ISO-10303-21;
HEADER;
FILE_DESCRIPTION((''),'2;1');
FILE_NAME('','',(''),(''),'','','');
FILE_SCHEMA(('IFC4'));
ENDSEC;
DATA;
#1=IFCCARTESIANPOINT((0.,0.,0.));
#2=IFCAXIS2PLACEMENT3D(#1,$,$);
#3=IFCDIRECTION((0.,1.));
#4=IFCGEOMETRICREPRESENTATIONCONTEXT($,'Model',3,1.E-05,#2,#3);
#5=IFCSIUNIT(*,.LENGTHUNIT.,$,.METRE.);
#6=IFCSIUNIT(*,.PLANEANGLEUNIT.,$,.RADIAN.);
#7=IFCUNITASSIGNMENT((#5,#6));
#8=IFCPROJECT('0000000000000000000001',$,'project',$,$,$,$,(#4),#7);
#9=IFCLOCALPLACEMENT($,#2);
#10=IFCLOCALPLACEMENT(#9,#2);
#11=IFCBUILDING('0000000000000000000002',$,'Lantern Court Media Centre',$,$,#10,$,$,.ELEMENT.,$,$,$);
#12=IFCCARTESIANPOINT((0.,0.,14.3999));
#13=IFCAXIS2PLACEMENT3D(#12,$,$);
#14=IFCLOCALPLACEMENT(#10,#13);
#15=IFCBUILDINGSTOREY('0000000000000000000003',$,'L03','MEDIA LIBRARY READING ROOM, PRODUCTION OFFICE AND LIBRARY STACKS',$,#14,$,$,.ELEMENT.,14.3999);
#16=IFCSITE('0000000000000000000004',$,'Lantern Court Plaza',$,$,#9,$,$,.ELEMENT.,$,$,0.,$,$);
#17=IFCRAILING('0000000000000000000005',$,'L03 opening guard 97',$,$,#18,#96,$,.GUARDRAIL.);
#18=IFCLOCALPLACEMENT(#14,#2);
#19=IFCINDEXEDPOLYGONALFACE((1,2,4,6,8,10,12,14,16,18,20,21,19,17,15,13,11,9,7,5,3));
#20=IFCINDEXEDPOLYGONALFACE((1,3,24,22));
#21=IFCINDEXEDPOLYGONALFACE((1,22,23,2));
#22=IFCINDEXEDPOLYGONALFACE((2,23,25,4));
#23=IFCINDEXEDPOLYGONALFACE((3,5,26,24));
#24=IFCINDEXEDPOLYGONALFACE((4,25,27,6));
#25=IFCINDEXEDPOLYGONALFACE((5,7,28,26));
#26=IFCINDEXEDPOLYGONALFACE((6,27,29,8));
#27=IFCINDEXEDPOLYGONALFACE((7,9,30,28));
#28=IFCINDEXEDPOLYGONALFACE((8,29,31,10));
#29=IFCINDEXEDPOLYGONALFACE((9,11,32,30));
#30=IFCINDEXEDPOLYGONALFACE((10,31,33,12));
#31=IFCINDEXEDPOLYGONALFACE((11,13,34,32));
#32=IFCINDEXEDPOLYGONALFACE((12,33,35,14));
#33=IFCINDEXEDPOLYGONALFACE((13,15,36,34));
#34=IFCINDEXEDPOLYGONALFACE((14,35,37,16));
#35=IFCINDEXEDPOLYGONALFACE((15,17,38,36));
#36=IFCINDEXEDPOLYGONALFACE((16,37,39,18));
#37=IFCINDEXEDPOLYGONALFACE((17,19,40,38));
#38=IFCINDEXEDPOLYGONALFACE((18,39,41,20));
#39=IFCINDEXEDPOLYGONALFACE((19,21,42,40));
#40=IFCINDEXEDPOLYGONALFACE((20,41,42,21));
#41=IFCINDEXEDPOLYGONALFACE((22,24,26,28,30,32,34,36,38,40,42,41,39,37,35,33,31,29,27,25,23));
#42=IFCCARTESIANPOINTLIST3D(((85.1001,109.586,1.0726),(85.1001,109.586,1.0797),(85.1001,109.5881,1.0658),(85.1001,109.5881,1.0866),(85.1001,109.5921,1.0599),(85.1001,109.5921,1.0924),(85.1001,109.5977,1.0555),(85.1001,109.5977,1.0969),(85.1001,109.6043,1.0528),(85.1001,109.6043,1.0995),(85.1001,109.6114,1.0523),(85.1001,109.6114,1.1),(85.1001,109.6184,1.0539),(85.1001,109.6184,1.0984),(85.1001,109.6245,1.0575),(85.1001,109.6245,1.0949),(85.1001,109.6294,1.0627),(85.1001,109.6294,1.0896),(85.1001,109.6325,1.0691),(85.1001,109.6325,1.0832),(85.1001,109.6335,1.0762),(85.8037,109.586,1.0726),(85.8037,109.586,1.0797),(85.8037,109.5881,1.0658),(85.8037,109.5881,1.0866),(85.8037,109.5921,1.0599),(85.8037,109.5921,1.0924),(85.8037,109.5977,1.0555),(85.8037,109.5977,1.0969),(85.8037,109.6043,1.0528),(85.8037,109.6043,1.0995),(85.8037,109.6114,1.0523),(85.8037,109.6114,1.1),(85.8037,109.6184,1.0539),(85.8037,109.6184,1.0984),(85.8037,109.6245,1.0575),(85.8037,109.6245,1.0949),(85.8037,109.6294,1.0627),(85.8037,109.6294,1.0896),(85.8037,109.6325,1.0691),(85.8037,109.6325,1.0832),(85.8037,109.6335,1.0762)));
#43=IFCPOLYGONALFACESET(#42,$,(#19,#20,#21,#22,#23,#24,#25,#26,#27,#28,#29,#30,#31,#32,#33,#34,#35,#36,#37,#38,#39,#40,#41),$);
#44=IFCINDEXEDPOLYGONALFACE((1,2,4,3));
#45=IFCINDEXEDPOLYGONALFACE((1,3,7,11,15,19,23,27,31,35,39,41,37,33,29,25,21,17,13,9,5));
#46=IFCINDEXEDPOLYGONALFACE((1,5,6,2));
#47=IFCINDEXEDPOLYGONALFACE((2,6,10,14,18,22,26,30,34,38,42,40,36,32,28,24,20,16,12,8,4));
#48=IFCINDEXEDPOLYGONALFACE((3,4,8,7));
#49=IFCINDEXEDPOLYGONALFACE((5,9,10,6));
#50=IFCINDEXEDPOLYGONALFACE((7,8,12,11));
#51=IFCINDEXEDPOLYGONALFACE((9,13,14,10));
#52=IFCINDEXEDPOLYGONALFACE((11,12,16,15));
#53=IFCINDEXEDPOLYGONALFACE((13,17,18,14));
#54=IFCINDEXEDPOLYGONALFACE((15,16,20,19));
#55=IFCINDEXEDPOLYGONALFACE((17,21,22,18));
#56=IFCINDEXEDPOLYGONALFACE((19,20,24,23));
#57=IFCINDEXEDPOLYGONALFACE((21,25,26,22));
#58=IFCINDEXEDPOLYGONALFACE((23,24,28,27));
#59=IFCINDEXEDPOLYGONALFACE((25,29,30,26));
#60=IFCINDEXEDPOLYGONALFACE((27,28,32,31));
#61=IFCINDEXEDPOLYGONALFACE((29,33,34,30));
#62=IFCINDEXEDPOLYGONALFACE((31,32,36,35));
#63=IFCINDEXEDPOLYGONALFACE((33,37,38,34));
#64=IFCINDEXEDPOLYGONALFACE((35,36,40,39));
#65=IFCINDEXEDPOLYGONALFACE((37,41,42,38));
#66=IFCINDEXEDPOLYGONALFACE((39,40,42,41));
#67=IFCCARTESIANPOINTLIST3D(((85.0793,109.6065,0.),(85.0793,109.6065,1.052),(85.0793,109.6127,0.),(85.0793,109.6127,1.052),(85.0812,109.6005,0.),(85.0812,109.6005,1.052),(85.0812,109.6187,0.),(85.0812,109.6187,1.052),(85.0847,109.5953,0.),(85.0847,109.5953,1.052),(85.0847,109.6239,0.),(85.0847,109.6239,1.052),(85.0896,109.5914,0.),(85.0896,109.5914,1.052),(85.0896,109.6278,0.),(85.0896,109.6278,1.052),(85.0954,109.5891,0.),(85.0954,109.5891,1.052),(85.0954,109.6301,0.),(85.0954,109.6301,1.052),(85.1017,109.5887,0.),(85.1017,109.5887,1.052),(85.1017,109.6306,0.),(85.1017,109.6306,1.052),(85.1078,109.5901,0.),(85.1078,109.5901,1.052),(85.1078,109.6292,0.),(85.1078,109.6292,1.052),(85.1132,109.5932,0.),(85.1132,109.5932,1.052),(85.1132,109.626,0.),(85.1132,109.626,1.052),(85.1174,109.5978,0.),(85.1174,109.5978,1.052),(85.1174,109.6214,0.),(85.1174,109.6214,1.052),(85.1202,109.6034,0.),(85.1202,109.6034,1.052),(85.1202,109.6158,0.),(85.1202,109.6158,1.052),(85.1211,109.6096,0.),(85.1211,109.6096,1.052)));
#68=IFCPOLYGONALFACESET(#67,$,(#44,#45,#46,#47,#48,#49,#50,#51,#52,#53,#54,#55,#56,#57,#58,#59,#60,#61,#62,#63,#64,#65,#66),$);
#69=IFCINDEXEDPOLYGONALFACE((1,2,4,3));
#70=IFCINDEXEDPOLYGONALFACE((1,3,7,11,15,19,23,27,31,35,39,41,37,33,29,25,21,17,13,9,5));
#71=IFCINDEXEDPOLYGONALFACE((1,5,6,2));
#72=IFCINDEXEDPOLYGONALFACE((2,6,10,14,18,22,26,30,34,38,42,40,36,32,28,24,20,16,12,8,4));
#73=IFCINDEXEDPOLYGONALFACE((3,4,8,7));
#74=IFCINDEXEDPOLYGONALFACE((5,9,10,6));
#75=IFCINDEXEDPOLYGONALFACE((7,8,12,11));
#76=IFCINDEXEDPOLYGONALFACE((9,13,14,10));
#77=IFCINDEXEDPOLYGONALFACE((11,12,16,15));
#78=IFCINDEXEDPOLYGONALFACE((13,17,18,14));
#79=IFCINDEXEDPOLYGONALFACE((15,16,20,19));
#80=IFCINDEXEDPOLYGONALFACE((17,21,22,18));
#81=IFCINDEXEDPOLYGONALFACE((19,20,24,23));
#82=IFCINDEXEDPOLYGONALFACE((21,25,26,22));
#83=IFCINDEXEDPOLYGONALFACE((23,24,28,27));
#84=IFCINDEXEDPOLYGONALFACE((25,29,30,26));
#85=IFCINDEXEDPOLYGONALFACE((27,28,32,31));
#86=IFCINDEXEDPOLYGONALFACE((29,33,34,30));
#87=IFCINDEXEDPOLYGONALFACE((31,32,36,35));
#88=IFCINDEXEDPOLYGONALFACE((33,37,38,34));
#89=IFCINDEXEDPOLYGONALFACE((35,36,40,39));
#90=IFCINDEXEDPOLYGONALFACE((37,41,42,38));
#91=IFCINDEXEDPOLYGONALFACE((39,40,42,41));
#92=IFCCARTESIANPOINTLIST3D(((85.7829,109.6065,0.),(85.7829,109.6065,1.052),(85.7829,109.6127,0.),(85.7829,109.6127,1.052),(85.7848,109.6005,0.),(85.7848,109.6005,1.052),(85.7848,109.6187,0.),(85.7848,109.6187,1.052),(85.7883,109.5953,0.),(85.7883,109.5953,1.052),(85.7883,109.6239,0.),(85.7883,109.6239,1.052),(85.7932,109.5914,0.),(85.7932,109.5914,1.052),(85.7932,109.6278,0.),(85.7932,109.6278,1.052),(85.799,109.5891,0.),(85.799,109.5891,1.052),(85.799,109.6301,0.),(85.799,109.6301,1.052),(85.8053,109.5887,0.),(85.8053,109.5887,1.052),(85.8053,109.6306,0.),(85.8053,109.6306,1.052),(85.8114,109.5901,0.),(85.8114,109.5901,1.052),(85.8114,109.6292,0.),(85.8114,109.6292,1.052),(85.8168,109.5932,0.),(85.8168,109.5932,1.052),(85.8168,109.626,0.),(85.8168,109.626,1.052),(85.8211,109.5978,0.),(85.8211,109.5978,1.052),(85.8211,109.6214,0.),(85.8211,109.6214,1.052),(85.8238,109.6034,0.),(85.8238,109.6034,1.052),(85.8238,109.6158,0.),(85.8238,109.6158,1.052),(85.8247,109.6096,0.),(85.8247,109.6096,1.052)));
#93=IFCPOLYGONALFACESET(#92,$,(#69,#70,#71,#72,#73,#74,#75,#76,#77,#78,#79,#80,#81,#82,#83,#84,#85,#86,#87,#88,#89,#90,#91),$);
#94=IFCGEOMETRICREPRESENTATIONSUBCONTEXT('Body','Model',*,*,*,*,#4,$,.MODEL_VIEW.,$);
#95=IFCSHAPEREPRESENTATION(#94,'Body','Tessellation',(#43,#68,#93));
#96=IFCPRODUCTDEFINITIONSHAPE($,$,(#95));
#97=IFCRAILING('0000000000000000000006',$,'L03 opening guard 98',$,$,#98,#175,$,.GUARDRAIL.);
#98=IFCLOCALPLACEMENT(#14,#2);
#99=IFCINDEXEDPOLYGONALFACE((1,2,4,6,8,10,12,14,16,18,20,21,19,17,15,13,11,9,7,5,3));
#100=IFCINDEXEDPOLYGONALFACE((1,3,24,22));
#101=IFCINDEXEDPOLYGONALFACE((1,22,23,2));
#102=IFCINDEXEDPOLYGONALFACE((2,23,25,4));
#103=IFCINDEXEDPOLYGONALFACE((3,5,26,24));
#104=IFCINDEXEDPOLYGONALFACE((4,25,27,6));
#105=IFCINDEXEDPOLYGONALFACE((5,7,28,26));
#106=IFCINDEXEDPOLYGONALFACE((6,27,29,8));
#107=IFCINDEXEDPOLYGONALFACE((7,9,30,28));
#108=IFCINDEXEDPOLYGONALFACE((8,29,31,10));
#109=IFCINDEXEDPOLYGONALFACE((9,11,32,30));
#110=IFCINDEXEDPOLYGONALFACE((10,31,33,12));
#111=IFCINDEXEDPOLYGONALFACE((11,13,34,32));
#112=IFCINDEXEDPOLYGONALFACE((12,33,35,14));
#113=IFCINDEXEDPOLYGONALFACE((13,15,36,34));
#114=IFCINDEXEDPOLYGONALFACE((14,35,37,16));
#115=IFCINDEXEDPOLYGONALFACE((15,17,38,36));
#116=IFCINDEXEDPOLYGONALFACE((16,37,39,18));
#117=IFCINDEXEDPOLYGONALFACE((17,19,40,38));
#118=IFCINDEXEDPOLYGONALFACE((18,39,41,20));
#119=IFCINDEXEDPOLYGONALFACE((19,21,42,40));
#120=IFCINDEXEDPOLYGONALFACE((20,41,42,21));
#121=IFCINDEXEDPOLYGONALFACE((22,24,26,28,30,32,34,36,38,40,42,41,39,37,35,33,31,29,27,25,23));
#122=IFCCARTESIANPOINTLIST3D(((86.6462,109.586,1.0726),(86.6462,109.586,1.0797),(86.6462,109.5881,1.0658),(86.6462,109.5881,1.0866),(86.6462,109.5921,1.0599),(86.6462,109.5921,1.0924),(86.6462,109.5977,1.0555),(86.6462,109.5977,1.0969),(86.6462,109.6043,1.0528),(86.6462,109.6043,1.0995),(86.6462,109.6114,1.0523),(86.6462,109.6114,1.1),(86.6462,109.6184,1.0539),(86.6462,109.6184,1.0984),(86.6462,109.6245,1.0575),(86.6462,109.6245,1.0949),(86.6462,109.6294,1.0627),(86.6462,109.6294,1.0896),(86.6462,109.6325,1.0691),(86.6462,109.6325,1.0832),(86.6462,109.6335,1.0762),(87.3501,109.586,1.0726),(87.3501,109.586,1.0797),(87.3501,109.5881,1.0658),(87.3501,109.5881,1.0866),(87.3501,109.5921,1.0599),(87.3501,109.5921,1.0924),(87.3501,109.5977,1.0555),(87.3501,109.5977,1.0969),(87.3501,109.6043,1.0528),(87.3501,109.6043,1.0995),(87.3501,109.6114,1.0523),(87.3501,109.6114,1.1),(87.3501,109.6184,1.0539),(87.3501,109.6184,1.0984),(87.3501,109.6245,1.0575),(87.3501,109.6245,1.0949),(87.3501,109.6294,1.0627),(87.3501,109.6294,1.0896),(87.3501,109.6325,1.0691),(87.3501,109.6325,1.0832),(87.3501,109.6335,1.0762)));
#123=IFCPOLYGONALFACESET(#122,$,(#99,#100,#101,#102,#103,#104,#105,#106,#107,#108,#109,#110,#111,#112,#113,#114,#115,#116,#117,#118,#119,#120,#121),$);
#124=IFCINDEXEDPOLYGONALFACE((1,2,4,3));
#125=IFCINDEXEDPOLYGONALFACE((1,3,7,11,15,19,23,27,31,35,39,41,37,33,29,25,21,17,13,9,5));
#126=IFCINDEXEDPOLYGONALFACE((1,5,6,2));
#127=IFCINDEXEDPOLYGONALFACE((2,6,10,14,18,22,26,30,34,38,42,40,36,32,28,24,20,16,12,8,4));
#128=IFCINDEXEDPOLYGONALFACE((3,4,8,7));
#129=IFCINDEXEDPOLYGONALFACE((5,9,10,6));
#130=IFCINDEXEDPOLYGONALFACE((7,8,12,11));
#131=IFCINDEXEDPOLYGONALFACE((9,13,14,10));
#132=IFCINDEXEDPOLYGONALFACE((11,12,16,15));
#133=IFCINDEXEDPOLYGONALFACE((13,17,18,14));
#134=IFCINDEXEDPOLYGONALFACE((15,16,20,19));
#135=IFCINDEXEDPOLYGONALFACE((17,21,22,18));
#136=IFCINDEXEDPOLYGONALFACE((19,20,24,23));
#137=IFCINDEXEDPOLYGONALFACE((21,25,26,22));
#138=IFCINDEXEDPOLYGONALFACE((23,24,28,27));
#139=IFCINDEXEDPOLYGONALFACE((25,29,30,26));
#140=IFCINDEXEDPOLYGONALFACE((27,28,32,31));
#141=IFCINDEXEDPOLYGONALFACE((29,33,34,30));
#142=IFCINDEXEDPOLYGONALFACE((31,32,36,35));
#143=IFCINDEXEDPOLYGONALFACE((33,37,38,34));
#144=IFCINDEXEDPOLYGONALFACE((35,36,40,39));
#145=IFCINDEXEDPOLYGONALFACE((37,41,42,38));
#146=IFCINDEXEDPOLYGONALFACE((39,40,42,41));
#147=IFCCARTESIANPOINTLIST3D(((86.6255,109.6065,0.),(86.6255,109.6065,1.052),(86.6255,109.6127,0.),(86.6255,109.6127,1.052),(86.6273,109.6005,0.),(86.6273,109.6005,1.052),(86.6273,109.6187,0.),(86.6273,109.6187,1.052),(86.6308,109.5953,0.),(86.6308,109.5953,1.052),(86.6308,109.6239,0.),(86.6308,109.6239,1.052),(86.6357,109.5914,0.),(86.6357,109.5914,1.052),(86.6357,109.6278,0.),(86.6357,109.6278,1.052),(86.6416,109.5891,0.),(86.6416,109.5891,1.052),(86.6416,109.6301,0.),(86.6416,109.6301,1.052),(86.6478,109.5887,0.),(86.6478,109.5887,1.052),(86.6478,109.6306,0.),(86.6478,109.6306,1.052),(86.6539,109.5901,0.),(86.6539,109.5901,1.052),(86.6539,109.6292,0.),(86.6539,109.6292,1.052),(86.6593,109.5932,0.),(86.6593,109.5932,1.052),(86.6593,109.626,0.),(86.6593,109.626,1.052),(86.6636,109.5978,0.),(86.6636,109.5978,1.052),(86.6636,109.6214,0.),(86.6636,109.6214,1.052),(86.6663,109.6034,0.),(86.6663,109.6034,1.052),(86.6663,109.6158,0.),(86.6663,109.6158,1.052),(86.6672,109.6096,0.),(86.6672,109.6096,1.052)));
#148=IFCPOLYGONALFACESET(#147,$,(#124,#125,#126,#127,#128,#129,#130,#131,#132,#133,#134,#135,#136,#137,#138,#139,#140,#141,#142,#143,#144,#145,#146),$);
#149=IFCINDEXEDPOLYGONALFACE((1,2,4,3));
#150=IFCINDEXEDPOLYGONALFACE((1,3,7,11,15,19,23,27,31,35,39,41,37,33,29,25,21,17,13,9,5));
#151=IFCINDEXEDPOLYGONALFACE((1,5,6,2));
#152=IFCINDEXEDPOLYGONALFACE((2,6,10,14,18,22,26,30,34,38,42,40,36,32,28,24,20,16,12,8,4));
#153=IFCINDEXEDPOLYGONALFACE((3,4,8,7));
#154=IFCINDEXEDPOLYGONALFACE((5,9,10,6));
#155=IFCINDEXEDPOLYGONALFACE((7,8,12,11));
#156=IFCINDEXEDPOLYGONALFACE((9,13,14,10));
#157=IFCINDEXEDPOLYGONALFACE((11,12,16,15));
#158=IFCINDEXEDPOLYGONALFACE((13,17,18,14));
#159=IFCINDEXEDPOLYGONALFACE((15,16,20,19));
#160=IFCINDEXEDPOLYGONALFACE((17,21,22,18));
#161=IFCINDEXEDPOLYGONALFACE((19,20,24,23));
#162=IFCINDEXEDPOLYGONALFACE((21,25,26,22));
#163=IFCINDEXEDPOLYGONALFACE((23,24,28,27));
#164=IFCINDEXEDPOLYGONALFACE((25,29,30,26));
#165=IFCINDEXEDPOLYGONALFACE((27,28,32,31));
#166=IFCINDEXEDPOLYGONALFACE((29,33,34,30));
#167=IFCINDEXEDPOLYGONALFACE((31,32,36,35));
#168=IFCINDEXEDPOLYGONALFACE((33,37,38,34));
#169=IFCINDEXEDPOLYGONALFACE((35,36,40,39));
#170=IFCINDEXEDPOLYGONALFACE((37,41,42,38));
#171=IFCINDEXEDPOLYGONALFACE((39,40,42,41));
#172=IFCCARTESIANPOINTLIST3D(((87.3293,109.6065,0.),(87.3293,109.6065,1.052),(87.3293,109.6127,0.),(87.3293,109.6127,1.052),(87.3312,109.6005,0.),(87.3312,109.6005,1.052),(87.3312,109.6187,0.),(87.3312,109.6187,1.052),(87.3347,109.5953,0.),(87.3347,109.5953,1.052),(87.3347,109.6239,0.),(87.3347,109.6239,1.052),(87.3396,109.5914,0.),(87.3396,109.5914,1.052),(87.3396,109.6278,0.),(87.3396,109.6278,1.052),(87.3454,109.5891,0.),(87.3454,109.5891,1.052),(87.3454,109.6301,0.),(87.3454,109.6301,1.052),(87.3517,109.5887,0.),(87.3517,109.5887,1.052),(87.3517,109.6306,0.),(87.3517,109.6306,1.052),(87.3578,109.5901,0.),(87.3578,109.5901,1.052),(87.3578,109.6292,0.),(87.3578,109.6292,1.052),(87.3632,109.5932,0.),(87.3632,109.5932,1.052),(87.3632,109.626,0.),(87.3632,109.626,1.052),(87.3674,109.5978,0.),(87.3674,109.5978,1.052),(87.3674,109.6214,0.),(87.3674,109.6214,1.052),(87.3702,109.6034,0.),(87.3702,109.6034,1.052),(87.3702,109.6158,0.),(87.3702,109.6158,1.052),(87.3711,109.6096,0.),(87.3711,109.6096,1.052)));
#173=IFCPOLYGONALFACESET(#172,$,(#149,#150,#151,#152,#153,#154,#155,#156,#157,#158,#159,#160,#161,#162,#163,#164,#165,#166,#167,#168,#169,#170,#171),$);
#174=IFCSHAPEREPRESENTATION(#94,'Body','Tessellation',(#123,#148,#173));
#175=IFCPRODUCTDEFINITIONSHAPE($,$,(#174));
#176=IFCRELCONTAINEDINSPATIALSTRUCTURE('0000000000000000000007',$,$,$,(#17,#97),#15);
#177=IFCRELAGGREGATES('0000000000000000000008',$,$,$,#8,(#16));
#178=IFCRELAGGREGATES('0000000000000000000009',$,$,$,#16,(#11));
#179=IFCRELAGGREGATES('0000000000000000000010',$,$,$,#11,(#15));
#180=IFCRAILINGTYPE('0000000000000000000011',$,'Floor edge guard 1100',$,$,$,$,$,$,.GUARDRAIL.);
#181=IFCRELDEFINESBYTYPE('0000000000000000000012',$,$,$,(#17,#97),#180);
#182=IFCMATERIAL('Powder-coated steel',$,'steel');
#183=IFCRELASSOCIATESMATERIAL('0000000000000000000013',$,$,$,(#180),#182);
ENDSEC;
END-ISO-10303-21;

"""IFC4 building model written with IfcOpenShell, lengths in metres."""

from ifc_helpers import new_model, si_unit, direction, frame, origin, origin_2d, place, context, subcontext, project, spatial, circle, extrude, material, type_object, element, save


model = new_model("IFC4")

# Units and contexts
model_context = context("Model", 3, precision=1e-05, world=origin(), true_north=direction((0.0, 1.0)))
body_context = subcontext(model_context, "Body", "Model", "MODEL_VIEW")
ifc_project = project(units=[si_unit("LENGTHUNIT", "METRE"), si_unit("PLANEANGLEUNIT", "RADIAN")], contexts=[model_context])

# Site, building, storey
site_placement = place(None, origin())
site = spatial("IfcSite", under=ifc_project, at=site_placement, Name="Lantern Court Plaza", CompositionType="ELEMENT", RefElevation=0.0)
building_placement = place(site_placement, origin())
building = spatial("IfcBuilding", under=site, at=building_placement, Name="Lantern Court Media Centre", CompositionType="ELEMENT")
storey_placement = place(building_placement, frame((0.0, 0.0, 14.3999)))
storey = spatial("IfcBuildingStorey", under=building, at=storey_placement, Name="L03", Description="MEDIA LIBRARY READING ROOM, PRODUCTION OFFICE AND LIBRARY STACKS", CompositionType="ELEMENT", Elevation=14.3999)

# Railings
ifc_material_1 = material(Name="Powder-coated steel", Category="steel")
railing_type_1 = type_object("IfcRailingType", Name="Floor edge guard 1100", PredefinedType="GUARDRAIL", material=ifc_material_1)
railing_1_placement = place(storey_placement, frame((85.1001, 109.6096, 0.0)))
element("IfcRailing", 1, at=railing_1_placement, inside=storey, type_object=railing_type_1, Name="L03 opening guard 97", PredefinedType="GUARDRAIL", context=body_context, shape_type="SweptSolid", body=[
    extrude(circle(Radius=0.0239, at=origin_2d()), frame((0.0, 0.0, 1.0762), z_axis=(1.0, 0.0, 0.0), x_axis=(0.0, 1.0, 0.0)), (0.0, 0.0, 1.0), 0.7036),
    extrude(circle(Radius=0.021, at=origin_2d()), origin(), (0.0, 0.0, 1.0), 1.052),
    extrude(circle(Radius=0.021, at=origin_2d()), frame((0.7036, 0.0, 0.0)), (0.0, 0.0, 1.0), 1.052),
])
railing_2_placement = place(storey_placement, frame((86.6462, 109.6096, 0.0)))
element("IfcRailing", 2, at=railing_2_placement, inside=storey, type_object=railing_type_1, Name="L03 opening guard 98", PredefinedType="GUARDRAIL", context=body_context, shape_type="SweptSolid", body=[
    extrude(circle(Radius=0.0239, at=origin_2d()), frame((0.0, 0.0, 1.0762), z_axis=(1.0, 0.0, 0.0), x_axis=(0.0, 1.0, 0.0)), (0.0, 0.0, 1.0), 0.7039),
    extrude(circle(Radius=0.021, at=origin_2d()), origin(), (0.0, 0.0, 1.0), 1.052),
    extrude(circle(Radius=0.021, at=origin_2d()), frame((0.7039, 0.0, 0.0)), (0.0, 0.0, 1.0), 1.052),
])

save(model, "model.ifc")
